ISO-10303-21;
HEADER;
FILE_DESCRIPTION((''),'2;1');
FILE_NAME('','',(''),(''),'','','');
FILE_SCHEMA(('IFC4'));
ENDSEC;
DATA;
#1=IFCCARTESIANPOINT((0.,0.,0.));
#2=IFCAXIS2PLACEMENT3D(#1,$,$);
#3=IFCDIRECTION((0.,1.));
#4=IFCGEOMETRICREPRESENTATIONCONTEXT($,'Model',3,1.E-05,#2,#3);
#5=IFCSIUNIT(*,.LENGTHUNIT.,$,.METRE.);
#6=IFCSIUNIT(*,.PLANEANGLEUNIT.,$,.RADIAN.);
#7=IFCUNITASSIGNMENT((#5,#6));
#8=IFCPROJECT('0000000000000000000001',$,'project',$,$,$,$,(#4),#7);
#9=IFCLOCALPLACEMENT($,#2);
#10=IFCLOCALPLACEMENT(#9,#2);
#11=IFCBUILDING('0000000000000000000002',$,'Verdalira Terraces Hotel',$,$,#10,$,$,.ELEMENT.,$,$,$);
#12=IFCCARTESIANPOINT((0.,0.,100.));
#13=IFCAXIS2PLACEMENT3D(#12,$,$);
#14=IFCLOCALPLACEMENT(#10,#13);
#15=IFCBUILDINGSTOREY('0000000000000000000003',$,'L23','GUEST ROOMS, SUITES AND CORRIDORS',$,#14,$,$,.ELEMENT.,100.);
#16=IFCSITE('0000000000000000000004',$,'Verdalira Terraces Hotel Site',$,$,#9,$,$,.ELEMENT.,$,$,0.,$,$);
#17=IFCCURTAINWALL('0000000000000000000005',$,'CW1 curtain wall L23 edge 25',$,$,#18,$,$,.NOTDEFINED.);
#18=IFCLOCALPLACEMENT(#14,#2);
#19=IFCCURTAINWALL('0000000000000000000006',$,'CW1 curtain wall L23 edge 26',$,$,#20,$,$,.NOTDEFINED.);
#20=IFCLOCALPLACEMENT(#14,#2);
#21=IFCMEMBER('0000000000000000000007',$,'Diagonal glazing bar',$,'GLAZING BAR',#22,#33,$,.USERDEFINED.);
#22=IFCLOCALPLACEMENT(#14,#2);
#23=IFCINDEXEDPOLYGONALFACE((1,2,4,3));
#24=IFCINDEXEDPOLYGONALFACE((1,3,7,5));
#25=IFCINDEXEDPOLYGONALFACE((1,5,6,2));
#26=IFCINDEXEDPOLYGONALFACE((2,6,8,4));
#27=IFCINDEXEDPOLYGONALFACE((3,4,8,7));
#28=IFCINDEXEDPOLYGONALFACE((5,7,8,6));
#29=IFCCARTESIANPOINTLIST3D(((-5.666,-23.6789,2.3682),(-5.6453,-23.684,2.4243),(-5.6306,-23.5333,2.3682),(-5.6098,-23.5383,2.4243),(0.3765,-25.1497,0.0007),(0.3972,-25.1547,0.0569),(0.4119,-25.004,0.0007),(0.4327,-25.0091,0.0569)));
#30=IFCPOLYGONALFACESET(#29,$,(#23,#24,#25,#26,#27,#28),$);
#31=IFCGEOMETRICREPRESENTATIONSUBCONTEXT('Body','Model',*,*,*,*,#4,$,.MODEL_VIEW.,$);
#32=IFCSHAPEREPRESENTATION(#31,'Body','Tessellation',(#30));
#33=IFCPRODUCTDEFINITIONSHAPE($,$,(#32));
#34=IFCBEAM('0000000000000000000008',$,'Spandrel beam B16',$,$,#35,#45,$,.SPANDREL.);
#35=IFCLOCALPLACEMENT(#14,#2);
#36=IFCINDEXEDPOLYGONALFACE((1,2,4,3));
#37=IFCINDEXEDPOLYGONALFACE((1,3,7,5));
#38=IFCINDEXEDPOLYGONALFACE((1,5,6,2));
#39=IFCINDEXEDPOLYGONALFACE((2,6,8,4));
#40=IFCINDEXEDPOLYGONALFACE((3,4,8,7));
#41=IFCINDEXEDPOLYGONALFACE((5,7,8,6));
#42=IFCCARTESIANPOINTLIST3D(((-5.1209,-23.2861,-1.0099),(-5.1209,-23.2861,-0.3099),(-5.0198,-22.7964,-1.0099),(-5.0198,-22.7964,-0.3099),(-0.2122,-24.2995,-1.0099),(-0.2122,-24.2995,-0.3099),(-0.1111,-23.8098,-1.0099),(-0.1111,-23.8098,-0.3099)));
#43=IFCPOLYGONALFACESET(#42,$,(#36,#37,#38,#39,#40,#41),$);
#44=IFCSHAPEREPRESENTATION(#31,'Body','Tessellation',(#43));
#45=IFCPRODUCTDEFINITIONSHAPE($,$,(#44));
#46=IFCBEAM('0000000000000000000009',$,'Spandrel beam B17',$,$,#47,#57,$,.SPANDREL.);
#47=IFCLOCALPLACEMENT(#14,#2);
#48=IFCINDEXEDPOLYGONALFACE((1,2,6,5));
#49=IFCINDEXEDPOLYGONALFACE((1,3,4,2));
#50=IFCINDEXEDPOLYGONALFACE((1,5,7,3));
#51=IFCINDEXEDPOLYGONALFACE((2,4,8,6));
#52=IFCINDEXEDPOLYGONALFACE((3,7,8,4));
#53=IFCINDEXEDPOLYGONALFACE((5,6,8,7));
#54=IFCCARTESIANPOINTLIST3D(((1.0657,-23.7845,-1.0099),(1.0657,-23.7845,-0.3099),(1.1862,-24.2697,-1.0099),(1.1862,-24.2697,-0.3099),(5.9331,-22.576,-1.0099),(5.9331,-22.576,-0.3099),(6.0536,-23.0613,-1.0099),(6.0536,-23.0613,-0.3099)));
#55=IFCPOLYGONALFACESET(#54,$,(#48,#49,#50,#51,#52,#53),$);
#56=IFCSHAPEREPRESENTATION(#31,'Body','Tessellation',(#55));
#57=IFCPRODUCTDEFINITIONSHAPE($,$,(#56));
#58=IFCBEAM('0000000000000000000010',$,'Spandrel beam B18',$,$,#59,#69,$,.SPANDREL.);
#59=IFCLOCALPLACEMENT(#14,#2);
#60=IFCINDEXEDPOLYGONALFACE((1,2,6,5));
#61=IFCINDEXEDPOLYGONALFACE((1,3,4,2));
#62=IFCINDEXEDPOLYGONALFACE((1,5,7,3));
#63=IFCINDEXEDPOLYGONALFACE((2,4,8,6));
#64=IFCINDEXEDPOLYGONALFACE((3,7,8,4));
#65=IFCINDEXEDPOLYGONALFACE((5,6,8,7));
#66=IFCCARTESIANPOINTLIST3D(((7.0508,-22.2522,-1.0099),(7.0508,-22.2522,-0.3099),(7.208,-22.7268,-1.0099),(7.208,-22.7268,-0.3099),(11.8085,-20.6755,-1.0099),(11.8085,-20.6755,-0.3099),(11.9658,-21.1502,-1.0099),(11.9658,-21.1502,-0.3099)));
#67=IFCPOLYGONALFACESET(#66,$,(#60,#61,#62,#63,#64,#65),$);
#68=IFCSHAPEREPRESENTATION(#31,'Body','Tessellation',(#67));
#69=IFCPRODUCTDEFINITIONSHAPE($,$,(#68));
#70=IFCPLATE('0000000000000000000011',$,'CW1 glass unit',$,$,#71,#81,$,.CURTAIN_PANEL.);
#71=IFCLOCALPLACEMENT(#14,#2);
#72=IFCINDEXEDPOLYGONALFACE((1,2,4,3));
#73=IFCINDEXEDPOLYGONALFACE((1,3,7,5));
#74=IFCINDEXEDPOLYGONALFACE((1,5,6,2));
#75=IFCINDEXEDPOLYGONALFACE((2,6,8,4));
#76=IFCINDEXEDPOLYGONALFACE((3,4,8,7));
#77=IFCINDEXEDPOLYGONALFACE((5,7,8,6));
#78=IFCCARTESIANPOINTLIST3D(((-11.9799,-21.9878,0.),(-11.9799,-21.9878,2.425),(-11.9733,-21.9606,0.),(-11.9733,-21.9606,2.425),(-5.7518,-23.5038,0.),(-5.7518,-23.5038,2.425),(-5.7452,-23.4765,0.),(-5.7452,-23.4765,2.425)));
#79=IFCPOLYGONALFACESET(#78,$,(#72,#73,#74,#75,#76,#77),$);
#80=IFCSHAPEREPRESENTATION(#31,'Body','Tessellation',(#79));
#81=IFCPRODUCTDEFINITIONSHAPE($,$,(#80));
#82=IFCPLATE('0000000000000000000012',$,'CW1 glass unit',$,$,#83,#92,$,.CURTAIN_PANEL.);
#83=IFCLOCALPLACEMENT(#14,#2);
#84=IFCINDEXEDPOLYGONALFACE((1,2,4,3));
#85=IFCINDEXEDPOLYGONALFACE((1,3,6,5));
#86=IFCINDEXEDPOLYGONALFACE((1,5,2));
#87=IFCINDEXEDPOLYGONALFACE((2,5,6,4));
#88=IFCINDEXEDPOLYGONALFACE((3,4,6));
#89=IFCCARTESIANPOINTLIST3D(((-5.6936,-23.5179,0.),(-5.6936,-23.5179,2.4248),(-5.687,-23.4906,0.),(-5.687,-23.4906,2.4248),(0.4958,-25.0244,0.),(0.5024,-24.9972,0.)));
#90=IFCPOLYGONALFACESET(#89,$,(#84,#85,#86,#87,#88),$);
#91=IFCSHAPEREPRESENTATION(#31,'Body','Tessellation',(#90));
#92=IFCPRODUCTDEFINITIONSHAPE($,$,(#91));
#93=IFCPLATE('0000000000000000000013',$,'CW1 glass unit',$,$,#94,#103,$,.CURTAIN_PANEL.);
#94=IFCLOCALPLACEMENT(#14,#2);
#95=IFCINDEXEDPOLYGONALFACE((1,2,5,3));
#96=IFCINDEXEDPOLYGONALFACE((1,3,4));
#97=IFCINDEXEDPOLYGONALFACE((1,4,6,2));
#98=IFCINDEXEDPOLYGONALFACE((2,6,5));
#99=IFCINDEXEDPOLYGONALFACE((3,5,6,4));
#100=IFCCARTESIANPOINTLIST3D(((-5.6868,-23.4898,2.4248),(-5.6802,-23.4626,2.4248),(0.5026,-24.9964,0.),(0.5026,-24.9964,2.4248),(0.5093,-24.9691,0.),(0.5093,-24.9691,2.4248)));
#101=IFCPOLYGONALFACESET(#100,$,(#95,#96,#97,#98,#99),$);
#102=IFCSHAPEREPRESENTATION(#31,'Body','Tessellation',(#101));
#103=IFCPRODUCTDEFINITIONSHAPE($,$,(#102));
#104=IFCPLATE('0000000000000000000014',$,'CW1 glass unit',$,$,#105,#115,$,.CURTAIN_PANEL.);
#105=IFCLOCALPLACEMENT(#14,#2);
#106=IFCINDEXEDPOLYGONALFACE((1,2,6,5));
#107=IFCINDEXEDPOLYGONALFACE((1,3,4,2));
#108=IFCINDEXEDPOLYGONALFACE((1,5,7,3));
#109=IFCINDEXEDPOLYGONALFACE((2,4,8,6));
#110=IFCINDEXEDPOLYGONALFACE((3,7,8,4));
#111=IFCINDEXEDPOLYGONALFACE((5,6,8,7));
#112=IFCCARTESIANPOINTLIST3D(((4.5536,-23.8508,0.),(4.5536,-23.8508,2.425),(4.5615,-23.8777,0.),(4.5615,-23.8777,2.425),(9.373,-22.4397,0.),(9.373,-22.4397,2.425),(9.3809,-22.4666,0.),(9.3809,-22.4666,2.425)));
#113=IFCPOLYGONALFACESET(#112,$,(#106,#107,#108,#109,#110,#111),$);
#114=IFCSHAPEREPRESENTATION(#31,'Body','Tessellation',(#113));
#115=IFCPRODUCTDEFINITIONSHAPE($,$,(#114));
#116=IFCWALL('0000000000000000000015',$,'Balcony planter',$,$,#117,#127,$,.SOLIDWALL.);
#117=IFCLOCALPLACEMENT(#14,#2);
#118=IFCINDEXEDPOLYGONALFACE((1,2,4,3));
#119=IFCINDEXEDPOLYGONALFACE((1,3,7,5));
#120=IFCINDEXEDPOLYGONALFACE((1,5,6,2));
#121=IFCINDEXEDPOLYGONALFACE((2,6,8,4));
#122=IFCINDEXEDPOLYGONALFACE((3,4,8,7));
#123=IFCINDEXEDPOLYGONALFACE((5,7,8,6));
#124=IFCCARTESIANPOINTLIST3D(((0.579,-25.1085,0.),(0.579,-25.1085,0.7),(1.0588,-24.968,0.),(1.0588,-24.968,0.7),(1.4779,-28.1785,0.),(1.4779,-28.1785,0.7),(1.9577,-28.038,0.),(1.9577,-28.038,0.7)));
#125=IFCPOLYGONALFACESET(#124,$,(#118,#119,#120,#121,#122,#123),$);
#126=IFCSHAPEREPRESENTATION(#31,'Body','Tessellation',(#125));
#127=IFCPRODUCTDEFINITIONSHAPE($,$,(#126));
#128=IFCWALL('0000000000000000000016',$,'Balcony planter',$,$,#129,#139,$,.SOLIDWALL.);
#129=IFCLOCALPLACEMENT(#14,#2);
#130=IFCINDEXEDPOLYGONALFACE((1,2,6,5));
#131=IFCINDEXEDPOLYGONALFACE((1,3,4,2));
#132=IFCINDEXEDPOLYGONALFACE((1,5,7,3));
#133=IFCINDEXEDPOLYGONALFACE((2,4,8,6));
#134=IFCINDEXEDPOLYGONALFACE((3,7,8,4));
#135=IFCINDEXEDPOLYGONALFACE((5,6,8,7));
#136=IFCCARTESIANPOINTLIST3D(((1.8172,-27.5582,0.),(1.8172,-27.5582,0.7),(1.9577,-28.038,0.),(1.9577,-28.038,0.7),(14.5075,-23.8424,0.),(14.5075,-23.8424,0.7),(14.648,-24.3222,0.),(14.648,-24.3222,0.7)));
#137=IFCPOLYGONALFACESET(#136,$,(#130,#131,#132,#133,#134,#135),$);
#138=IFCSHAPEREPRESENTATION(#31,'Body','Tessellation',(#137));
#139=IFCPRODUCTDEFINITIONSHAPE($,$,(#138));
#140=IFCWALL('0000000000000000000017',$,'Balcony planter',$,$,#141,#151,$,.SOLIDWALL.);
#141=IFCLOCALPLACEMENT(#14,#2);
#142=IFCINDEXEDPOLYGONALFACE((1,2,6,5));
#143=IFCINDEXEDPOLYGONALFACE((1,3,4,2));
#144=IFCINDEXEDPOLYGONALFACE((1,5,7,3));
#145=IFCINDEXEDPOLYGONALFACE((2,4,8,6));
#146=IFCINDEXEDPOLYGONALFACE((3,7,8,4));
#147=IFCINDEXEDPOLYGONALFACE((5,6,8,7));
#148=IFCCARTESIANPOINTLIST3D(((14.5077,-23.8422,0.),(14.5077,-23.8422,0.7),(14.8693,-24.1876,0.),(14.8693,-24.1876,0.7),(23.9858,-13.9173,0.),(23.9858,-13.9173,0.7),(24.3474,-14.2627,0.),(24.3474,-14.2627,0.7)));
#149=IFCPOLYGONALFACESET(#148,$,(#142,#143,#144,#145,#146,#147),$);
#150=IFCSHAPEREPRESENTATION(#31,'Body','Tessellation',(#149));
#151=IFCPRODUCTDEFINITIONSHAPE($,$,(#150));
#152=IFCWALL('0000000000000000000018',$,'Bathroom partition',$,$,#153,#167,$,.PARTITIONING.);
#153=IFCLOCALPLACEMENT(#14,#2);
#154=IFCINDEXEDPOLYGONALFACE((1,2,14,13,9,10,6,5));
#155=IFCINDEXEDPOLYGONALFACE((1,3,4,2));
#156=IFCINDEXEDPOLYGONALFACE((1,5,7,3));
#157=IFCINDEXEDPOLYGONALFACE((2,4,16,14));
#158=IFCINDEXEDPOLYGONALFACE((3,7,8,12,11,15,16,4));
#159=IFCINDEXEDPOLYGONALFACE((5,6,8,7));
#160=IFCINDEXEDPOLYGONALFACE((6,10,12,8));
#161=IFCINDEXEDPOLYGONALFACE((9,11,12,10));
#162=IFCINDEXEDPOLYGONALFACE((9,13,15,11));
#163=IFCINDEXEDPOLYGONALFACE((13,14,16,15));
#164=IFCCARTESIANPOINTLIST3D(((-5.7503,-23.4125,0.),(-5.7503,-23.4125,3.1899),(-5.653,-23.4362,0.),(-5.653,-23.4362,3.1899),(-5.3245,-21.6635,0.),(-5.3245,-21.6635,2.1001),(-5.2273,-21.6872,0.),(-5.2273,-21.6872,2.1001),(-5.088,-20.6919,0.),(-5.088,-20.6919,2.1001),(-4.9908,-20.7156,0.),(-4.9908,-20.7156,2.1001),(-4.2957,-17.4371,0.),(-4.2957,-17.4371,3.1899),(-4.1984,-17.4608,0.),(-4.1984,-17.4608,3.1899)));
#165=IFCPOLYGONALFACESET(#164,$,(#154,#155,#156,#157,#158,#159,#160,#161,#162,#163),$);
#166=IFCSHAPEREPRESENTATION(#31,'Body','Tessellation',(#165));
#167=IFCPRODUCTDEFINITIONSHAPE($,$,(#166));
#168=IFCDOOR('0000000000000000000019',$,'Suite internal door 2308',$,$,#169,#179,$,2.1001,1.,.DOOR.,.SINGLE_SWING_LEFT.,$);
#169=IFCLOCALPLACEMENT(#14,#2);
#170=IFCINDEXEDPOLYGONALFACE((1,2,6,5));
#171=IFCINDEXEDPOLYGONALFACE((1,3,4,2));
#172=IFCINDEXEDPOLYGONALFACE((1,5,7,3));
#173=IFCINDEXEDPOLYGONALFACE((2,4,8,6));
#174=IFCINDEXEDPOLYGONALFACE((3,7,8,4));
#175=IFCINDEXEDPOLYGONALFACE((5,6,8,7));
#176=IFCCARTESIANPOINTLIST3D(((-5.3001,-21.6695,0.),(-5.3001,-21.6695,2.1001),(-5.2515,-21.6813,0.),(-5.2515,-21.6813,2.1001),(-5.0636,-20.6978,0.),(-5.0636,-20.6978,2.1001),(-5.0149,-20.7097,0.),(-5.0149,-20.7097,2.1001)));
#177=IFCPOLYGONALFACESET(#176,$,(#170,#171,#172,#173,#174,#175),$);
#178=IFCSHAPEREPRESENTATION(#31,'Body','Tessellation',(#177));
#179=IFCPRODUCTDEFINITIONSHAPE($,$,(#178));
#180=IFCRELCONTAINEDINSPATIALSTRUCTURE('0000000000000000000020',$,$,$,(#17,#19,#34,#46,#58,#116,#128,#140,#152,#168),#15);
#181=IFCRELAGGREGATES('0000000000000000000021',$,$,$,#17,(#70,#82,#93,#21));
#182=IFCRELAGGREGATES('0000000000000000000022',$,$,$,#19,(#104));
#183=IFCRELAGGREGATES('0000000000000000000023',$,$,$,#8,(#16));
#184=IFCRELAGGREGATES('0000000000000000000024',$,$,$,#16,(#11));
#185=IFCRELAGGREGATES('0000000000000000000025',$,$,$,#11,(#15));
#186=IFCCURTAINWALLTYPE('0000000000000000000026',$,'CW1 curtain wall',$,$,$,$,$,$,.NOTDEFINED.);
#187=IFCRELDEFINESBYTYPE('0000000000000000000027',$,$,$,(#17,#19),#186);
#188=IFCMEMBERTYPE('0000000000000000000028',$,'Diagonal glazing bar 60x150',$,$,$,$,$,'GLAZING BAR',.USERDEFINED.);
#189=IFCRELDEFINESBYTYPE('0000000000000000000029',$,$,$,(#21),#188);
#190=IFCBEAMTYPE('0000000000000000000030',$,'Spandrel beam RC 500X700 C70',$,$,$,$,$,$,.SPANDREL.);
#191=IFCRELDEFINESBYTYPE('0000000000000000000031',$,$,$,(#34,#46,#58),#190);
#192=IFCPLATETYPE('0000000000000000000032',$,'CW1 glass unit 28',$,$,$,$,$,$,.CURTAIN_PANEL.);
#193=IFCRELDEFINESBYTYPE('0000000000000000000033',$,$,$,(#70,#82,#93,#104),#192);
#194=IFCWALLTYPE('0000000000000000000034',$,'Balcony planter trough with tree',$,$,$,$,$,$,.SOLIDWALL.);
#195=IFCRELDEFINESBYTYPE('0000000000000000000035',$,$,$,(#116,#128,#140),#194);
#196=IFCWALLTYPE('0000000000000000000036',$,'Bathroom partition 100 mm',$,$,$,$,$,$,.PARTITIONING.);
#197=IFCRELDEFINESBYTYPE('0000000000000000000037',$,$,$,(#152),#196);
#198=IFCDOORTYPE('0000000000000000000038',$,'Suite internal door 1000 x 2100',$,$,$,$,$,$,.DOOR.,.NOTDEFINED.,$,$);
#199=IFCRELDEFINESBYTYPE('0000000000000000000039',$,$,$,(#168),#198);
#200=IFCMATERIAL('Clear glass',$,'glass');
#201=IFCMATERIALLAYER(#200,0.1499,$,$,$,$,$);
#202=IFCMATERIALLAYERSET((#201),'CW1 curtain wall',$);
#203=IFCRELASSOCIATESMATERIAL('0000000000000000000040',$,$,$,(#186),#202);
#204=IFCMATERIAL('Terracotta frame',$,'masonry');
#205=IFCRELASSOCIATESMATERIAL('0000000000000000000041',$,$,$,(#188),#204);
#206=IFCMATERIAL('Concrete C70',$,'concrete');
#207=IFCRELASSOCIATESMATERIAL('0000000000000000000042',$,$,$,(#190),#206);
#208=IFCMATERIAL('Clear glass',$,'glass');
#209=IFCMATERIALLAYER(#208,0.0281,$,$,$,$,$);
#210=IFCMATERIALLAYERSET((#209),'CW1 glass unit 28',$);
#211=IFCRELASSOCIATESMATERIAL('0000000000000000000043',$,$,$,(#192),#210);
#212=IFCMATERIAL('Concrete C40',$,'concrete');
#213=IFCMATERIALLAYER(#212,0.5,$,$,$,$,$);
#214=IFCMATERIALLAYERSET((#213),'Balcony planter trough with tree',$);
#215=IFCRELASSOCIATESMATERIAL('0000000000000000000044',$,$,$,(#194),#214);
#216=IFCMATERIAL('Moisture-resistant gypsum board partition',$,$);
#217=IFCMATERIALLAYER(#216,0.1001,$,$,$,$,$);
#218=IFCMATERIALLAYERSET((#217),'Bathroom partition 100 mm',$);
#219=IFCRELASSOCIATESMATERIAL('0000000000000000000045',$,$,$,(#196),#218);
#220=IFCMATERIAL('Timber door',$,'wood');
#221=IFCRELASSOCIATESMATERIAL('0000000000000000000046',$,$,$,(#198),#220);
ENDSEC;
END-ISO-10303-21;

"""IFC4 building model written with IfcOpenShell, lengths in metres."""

from ifc_helpers import new_model, si_unit, direction, frame, frame_2d, origin, origin_2d, place, context, subcontext, project, spatial, polyline, rectangle, outline, extrude, material, layer, layer_set, material_profile, profile_set, type_object, element, fill, aggregate, save


model = new_model("IFC4")

# Units and contexts
model_context = context("Model", 3, precision=1e-05, world=origin(), true_north=direction((0.0, 1.0)))
body_context = subcontext(model_context, "Body", "Model", "MODEL_VIEW")
ifc_project = project(units=[si_unit("LENGTHUNIT", "METRE"), si_unit("PLANEANGLEUNIT", "RADIAN")], contexts=[model_context])

# Site, building, storey
site_placement = place(None, origin())
site = spatial("IfcSite", under=ifc_project, at=site_placement, Name="Verdalira Terraces Hotel Site", CompositionType="ELEMENT", RefElevation=0.0)
building_placement = place(site_placement, origin())
building = spatial("IfcBuilding", under=site, at=building_placement, Name="Verdalira Terraces Hotel", CompositionType="ELEMENT")
storey_placement = place(building_placement, frame((0.0, 0.0, 100.0)))
storey = spatial("IfcBuildingStorey", under=building, at=storey_placement, Name="L23", Description="GUEST ROOMS, SUITES AND CORRIDORS", CompositionType="ELEMENT", Elevation=100.0)

# Curtain walls
ifc_material_1 = material(Name="Clear glass", Category="glass")
ifc_layer_1 = layer(ifc_material_1, 0.1499)
ifc_layer_set_1 = layer_set([ifc_layer_1], Name="CW1 curtain wall")
curtain_wall_type = type_object("IfcCurtainWallType", Name="CW1 curtain wall", PredefinedType="NOTDEFINED", material=ifc_layer_set_1)
curtain_wall_1_placement = place(storey_placement, origin())
curtain_wall_1 = element("IfcCurtainWall", 1, at=curtain_wall_1_placement, inside=storey, type_object=curtain_wall_type, Name="CW1 curtain wall L23 edge 25", PredefinedType="NOTDEFINED")
curtain_wall_2_placement = place(storey_placement, origin())
curtain_wall_2 = element("IfcCurtainWall", 2, at=curtain_wall_2_placement, inside=storey, type_object=curtain_wall_type, Name="CW1 curtain wall L23 edge 26", PredefinedType="NOTDEFINED")

# Member
ifc_material_2 = material(Name="Terracotta frame", Category="masonry")
ifc_material_profile_1 = material_profile(ifc_material_2, rectangle(XDim=0.1499, YDim=0.0601, at=origin_2d()), Name="GB 60x150")
ifc_profile_set_1 = profile_set([ifc_material_profile_1], Name="Terracotta frame")
member_type_1 = type_object("IfcMemberType", Name="Diagonal glazing bar 60x150", ElementType="GLAZING BAR", PredefinedType="USERDEFINED", material=ifc_profile_set_1)
member_1_placement = place(storey_placement, frame((-5.6379, -23.6086, 2.3962), z_axis=(0.908061, -0.221017, -0.355776), x_axis=(0.23649, 0.971634, 0.0)))
member_1 = element("IfcMember", 3, at=member_1_placement, type_object=member_type_1, Name="Diagonal glazing bar", ObjectType="GLAZING BAR", PredefinedType="USERDEFINED", context=body_context, shape_type="SweptSolid", body=[
    extrude(rectangle(XDim=0.1499, YDim=0.0601, at=origin_2d()), origin(), (0.0, 0.0, 1.0), 6.6543),
])

# Beams
ifc_material_3 = material(Name="Concrete C70", Category="concrete")
ifc_material_profile_2 = material_profile(ifc_material_3, rectangle(XDim=0.5, YDim=0.7, at=origin_2d()), Name="RC 500X700")
ifc_profile_set_2 = profile_set([ifc_material_profile_2], Name="Concrete C70")
beam_type_1 = type_object("IfcBeamType", Name="Spandrel beam RC 500X700 C70", PredefinedType="SPANDREL", material=ifc_profile_set_2)
beam_1_placement = place(storey_placement, frame((-5.0703, -23.0413, -0.6599), z_axis=(0.979346, -0.202192, 0.0), x_axis=(0.202192, 0.979346, 0.0)))
element("IfcBeam", 4, at=beam_1_placement, inside=storey, type_object=beam_type_1, Name="Spandrel beam B16", PredefinedType="SPANDREL", context=body_context, shape_type="SweptSolid", body=[
    extrude(rectangle(XDim=0.5, YDim=0.7, at=origin_2d()), origin(), (0.0, 0.0, 1.0), 5.0122),
])
beam_2_placement = place(storey_placement, frame((1.126, -24.0271, -0.6599), z_axis=(0.970534, 0.240966, 0.0), x_axis=(-0.240966, 0.970534, 0.0)))
element("IfcBeam", 5, at=beam_2_placement, inside=storey, type_object=beam_type_1, Name="Spandrel beam B17", PredefinedType="SPANDREL", context=body_context, shape_type="SweptSolid", body=[
    extrude(rectangle(XDim=0.5, YDim=0.7, at=origin_2d()), origin(), (0.0, 0.0, 1.0), 5.0151),
])
beam_3_placement = place(storey_placement, frame((7.1294, -22.4895, -0.6599), z_axis=(0.949237, 0.314561, 0.0), x_axis=(-0.314561, 0.949237, 0.0)))
element("IfcBeam", 6, at=beam_3_placement, inside=storey, type_object=beam_type_1, Name="Spandrel beam B18", PredefinedType="SPANDREL", context=body_context, shape_type="SweptSolid", body=[
    extrude(rectangle(XDim=0.5, YDim=0.7, at=origin_2d()), origin(), (0.0, 0.0, 1.0), 5.0122),
])

# Plates
ifc_material_4 = material(Name="Clear glass", Category="glass")
ifc_layer_2 = layer(ifc_material_4, 0.0281)
ifc_layer_set_2 = layer_set([ifc_layer_2], Name="CW1 glass unit 28")
plate_type = type_object("IfcPlateType", Name="CW1 glass unit 28", PredefinedType="CURTAIN_PANEL", material=ifc_layer_set_2)
plate_1_placement = place(storey_placement, frame((-8.8625, -22.7322, 0.0), z_axis=(0.0, 0.0, 1.0), x_axis=(0.971632, -0.236499, 0.0)))
plate_1 = element("IfcPlate", 7, at=plate_1_placement, type_object=plate_type, Name="CW1 glass unit", PredefinedType="CURTAIN_PANEL", context=body_context, shape_type="SweptSolid", body=[
    extrude(rectangle(XDim=6.4099, YDim=0.0281, at=origin_2d()), origin(), (0.0, 0.0, 1.0), 2.425),
])
plate_2_placement = place(storey_placement, frame((-2.5923, -24.2439, 1.2124), z_axis=(-0.236499, -0.971632, 0.0), x_axis=(0.971632, -0.236499, 0.0)))
plate_2 = element("IfcPlate", 8, at=plate_2_placement, type_object=plate_type, Name="CW1 glass unit", PredefinedType="CURTAIN_PANEL", context=body_context, shape_type="SweptSolid", body=[
    extrude(outline(polyline([(-3.1851, -1.2124), (3.1851, -1.2124), (-3.1851, 1.2124), (-3.1851, -1.2124)])), origin(), (0.0, 0.0, 1.0), 0.0281),
])
plate_3_placement = place(storey_placement, frame((-2.5854, -24.2158, 1.2124), z_axis=(-0.236499, -0.971632, 0.0), x_axis=(0.971632, -0.236499, 0.0)))
plate_3 = element("IfcPlate", 9, at=plate_3_placement, type_object=plate_type, Name="CW1 glass unit", PredefinedType="CURTAIN_PANEL", context=body_context, shape_type="SweptSolid", body=[
    extrude(outline(polyline([(3.1851, -1.2124), (3.1851, 1.2124), (-3.1851, 1.2124), (3.1851, -1.2124)])), origin(), (0.0, 0.0, 1.0), 0.0281),
])
aggregate(curtain_wall_1, [plate_1, plate_2, plate_3, member_1])
plate_4_placement = place(storey_placement, frame((6.9673, -23.1587, 0.0), z_axis=(0.0, 0.0, 1.0), x_axis=(0.959707, 0.281002, 0.0)))
plate_4 = element("IfcPlate", 10, at=plate_4_placement, type_object=plate_type, Name="CW1 glass unit", PredefinedType="CURTAIN_PANEL", context=body_context, shape_type="SweptSolid", body=[
    extrude(rectangle(XDim=5.0217, YDim=0.0281, at=origin_2d()), origin(), (0.0, 0.0, 1.0), 2.425),
])
aggregate(curtain_wall_2, [plate_4])

# Walls
ifc_material_5 = material(Name="Concrete C40", Category="concrete")
ifc_layer_3 = layer(ifc_material_5, 0.5)
ifc_layer_set_3 = layer_set([ifc_layer_3], Name="Balcony planter trough with tree")
wall_type_1 = type_object("IfcWallType", Name="Balcony planter trough with tree", PredefinedType="SOLIDWALL", material=ifc_layer_set_3)
wall_1_placement = place(storey_placement, frame((0.8188, -25.0381, 0.0), z_axis=(0.0, 0.0, 1.0), x_axis=(0.281005, -0.959706, 0.0)))
element("IfcWall", 11, at=wall_1_placement, inside=storey, type_object=wall_type_1, Name="Balcony planter", PredefinedType="SOLIDWALL", context=body_context, shape_type="SweptSolid", body=[
    extrude(rectangle(XDim=3.199, YDim=0.5, at=frame_2d((1.5996, 0.0))), origin(), (0.0, 0.0, 1.0), 0.7),
])
wall_2_placement = place(storey_placement, frame((1.8875, -27.7981, 0.0), z_axis=(0.0, 0.0, 1.0), x_axis=(0.959706, 0.281007, 0.0)))
element("IfcWall", 12, at=wall_2_placement, inside=storey, type_object=wall_type_1, Name="Balcony planter", PredefinedType="SOLIDWALL", context=body_context, shape_type="SweptSolid", body=[
    extrude(rectangle(XDim=13.2231, YDim=0.5, at=frame_2d((6.6116, 0.0))), origin(), (0.0, 0.0, 1.0), 0.7),
])
wall_3_placement = place(storey_placement, frame((14.6885, -24.0149, 0.0), z_axis=(0.0, 0.0, 1.0), x_axis=(0.690642, 0.723197, 0.0)))
element("IfcWall", 13, at=wall_3_placement, inside=storey, type_object=wall_type_1, Name="Balcony planter", PredefinedType="SOLIDWALL", context=body_context, shape_type="SweptSolid", body=[
    extrude(rectangle(XDim=13.7236, YDim=0.5, at=frame_2d((6.8618, 0.0))), origin(), (0.0, 0.0, 1.0), 0.7),
])

# Wall, opening, door
ifc_material_6 = material(Name="Moisture-resistant gypsum board partition")
ifc_layer_4 = layer(ifc_material_6, 0.1001)
ifc_layer_set_4 = layer_set([ifc_layer_4], Name="Bathroom partition 100 mm")
wall_type_2 = type_object("IfcWallType", Name="Bathroom partition 100 mm", PredefinedType="PARTITIONING", material=ifc_layer_set_4)
wall_4_placement = place(storey_placement, frame((-5.7017, -23.4243, 0.0), z_axis=(0.0, 0.0, 1.0), x_axis=(0.236525, 0.971625, 0.0)))
wall_4 = element("IfcWall", 14, at=wall_4_placement, inside=storey, type_object=wall_type_2, Name="Bathroom partition", PredefinedType="PARTITIONING", context=body_context, shape_type="SweptSolid", body=[
    extrude(rectangle(XDim=6.1499, YDim=0.1001, at=frame_2d((3.075, 0.0))), origin(), (0.0, 0.0, 1.0), 3.1899),
])
opening_1_placement = place(wall_4_placement, frame((1.8, 0.0, 0.0)))
opening_1 = element("IfcOpeningElement", 15, at=opening_1_placement, cuts=wall_4, PredefinedType="OPENING", context=body_context, shape_type="SweptSolid", body=[
    extrude(rectangle(XDim=1.0, YDim=2.1001, at=frame_2d((0.5, 1.05))), frame((0.0, 0.0601, 0.0), z_axis=(0.0, -1.0, 0.0), x_axis=(1.0, 0.0, 0.0)), (0.0, 0.0, 1.0), 0.1201),
])
ifc_material_7 = material(Name="Timber door", Category="wood")
door_type_1 = type_object("IfcDoorType", Name="Suite internal door 1000 x 2100", OperationType="NOTDEFINED", PredefinedType="DOOR", material=ifc_material_7)
door_1_placement = place(opening_1_placement, origin())
door_1 = element("IfcDoor", 16, at=door_1_placement, inside=storey, type_object=door_type_1, Name="Suite internal door 2308", OperationType="SINGLE_SWING_LEFT", OverallHeight=2.1001, OverallWidth=1.0, PredefinedType="DOOR", context=body_context, shape_type="SweptSolid", body=[
    extrude(rectangle(XDim=1.0, YDim=2.1001, at=frame_2d((0.5, 1.05))), frame((0.0, 0.0249, 0.0), z_axis=(0.0, -1.0, 0.0), x_axis=(1.0, 0.0, 0.0)), (0.0, 0.0, 1.0), 0.05),
])
fill(opening_1, door_1)

save(model, "model.ifc")
